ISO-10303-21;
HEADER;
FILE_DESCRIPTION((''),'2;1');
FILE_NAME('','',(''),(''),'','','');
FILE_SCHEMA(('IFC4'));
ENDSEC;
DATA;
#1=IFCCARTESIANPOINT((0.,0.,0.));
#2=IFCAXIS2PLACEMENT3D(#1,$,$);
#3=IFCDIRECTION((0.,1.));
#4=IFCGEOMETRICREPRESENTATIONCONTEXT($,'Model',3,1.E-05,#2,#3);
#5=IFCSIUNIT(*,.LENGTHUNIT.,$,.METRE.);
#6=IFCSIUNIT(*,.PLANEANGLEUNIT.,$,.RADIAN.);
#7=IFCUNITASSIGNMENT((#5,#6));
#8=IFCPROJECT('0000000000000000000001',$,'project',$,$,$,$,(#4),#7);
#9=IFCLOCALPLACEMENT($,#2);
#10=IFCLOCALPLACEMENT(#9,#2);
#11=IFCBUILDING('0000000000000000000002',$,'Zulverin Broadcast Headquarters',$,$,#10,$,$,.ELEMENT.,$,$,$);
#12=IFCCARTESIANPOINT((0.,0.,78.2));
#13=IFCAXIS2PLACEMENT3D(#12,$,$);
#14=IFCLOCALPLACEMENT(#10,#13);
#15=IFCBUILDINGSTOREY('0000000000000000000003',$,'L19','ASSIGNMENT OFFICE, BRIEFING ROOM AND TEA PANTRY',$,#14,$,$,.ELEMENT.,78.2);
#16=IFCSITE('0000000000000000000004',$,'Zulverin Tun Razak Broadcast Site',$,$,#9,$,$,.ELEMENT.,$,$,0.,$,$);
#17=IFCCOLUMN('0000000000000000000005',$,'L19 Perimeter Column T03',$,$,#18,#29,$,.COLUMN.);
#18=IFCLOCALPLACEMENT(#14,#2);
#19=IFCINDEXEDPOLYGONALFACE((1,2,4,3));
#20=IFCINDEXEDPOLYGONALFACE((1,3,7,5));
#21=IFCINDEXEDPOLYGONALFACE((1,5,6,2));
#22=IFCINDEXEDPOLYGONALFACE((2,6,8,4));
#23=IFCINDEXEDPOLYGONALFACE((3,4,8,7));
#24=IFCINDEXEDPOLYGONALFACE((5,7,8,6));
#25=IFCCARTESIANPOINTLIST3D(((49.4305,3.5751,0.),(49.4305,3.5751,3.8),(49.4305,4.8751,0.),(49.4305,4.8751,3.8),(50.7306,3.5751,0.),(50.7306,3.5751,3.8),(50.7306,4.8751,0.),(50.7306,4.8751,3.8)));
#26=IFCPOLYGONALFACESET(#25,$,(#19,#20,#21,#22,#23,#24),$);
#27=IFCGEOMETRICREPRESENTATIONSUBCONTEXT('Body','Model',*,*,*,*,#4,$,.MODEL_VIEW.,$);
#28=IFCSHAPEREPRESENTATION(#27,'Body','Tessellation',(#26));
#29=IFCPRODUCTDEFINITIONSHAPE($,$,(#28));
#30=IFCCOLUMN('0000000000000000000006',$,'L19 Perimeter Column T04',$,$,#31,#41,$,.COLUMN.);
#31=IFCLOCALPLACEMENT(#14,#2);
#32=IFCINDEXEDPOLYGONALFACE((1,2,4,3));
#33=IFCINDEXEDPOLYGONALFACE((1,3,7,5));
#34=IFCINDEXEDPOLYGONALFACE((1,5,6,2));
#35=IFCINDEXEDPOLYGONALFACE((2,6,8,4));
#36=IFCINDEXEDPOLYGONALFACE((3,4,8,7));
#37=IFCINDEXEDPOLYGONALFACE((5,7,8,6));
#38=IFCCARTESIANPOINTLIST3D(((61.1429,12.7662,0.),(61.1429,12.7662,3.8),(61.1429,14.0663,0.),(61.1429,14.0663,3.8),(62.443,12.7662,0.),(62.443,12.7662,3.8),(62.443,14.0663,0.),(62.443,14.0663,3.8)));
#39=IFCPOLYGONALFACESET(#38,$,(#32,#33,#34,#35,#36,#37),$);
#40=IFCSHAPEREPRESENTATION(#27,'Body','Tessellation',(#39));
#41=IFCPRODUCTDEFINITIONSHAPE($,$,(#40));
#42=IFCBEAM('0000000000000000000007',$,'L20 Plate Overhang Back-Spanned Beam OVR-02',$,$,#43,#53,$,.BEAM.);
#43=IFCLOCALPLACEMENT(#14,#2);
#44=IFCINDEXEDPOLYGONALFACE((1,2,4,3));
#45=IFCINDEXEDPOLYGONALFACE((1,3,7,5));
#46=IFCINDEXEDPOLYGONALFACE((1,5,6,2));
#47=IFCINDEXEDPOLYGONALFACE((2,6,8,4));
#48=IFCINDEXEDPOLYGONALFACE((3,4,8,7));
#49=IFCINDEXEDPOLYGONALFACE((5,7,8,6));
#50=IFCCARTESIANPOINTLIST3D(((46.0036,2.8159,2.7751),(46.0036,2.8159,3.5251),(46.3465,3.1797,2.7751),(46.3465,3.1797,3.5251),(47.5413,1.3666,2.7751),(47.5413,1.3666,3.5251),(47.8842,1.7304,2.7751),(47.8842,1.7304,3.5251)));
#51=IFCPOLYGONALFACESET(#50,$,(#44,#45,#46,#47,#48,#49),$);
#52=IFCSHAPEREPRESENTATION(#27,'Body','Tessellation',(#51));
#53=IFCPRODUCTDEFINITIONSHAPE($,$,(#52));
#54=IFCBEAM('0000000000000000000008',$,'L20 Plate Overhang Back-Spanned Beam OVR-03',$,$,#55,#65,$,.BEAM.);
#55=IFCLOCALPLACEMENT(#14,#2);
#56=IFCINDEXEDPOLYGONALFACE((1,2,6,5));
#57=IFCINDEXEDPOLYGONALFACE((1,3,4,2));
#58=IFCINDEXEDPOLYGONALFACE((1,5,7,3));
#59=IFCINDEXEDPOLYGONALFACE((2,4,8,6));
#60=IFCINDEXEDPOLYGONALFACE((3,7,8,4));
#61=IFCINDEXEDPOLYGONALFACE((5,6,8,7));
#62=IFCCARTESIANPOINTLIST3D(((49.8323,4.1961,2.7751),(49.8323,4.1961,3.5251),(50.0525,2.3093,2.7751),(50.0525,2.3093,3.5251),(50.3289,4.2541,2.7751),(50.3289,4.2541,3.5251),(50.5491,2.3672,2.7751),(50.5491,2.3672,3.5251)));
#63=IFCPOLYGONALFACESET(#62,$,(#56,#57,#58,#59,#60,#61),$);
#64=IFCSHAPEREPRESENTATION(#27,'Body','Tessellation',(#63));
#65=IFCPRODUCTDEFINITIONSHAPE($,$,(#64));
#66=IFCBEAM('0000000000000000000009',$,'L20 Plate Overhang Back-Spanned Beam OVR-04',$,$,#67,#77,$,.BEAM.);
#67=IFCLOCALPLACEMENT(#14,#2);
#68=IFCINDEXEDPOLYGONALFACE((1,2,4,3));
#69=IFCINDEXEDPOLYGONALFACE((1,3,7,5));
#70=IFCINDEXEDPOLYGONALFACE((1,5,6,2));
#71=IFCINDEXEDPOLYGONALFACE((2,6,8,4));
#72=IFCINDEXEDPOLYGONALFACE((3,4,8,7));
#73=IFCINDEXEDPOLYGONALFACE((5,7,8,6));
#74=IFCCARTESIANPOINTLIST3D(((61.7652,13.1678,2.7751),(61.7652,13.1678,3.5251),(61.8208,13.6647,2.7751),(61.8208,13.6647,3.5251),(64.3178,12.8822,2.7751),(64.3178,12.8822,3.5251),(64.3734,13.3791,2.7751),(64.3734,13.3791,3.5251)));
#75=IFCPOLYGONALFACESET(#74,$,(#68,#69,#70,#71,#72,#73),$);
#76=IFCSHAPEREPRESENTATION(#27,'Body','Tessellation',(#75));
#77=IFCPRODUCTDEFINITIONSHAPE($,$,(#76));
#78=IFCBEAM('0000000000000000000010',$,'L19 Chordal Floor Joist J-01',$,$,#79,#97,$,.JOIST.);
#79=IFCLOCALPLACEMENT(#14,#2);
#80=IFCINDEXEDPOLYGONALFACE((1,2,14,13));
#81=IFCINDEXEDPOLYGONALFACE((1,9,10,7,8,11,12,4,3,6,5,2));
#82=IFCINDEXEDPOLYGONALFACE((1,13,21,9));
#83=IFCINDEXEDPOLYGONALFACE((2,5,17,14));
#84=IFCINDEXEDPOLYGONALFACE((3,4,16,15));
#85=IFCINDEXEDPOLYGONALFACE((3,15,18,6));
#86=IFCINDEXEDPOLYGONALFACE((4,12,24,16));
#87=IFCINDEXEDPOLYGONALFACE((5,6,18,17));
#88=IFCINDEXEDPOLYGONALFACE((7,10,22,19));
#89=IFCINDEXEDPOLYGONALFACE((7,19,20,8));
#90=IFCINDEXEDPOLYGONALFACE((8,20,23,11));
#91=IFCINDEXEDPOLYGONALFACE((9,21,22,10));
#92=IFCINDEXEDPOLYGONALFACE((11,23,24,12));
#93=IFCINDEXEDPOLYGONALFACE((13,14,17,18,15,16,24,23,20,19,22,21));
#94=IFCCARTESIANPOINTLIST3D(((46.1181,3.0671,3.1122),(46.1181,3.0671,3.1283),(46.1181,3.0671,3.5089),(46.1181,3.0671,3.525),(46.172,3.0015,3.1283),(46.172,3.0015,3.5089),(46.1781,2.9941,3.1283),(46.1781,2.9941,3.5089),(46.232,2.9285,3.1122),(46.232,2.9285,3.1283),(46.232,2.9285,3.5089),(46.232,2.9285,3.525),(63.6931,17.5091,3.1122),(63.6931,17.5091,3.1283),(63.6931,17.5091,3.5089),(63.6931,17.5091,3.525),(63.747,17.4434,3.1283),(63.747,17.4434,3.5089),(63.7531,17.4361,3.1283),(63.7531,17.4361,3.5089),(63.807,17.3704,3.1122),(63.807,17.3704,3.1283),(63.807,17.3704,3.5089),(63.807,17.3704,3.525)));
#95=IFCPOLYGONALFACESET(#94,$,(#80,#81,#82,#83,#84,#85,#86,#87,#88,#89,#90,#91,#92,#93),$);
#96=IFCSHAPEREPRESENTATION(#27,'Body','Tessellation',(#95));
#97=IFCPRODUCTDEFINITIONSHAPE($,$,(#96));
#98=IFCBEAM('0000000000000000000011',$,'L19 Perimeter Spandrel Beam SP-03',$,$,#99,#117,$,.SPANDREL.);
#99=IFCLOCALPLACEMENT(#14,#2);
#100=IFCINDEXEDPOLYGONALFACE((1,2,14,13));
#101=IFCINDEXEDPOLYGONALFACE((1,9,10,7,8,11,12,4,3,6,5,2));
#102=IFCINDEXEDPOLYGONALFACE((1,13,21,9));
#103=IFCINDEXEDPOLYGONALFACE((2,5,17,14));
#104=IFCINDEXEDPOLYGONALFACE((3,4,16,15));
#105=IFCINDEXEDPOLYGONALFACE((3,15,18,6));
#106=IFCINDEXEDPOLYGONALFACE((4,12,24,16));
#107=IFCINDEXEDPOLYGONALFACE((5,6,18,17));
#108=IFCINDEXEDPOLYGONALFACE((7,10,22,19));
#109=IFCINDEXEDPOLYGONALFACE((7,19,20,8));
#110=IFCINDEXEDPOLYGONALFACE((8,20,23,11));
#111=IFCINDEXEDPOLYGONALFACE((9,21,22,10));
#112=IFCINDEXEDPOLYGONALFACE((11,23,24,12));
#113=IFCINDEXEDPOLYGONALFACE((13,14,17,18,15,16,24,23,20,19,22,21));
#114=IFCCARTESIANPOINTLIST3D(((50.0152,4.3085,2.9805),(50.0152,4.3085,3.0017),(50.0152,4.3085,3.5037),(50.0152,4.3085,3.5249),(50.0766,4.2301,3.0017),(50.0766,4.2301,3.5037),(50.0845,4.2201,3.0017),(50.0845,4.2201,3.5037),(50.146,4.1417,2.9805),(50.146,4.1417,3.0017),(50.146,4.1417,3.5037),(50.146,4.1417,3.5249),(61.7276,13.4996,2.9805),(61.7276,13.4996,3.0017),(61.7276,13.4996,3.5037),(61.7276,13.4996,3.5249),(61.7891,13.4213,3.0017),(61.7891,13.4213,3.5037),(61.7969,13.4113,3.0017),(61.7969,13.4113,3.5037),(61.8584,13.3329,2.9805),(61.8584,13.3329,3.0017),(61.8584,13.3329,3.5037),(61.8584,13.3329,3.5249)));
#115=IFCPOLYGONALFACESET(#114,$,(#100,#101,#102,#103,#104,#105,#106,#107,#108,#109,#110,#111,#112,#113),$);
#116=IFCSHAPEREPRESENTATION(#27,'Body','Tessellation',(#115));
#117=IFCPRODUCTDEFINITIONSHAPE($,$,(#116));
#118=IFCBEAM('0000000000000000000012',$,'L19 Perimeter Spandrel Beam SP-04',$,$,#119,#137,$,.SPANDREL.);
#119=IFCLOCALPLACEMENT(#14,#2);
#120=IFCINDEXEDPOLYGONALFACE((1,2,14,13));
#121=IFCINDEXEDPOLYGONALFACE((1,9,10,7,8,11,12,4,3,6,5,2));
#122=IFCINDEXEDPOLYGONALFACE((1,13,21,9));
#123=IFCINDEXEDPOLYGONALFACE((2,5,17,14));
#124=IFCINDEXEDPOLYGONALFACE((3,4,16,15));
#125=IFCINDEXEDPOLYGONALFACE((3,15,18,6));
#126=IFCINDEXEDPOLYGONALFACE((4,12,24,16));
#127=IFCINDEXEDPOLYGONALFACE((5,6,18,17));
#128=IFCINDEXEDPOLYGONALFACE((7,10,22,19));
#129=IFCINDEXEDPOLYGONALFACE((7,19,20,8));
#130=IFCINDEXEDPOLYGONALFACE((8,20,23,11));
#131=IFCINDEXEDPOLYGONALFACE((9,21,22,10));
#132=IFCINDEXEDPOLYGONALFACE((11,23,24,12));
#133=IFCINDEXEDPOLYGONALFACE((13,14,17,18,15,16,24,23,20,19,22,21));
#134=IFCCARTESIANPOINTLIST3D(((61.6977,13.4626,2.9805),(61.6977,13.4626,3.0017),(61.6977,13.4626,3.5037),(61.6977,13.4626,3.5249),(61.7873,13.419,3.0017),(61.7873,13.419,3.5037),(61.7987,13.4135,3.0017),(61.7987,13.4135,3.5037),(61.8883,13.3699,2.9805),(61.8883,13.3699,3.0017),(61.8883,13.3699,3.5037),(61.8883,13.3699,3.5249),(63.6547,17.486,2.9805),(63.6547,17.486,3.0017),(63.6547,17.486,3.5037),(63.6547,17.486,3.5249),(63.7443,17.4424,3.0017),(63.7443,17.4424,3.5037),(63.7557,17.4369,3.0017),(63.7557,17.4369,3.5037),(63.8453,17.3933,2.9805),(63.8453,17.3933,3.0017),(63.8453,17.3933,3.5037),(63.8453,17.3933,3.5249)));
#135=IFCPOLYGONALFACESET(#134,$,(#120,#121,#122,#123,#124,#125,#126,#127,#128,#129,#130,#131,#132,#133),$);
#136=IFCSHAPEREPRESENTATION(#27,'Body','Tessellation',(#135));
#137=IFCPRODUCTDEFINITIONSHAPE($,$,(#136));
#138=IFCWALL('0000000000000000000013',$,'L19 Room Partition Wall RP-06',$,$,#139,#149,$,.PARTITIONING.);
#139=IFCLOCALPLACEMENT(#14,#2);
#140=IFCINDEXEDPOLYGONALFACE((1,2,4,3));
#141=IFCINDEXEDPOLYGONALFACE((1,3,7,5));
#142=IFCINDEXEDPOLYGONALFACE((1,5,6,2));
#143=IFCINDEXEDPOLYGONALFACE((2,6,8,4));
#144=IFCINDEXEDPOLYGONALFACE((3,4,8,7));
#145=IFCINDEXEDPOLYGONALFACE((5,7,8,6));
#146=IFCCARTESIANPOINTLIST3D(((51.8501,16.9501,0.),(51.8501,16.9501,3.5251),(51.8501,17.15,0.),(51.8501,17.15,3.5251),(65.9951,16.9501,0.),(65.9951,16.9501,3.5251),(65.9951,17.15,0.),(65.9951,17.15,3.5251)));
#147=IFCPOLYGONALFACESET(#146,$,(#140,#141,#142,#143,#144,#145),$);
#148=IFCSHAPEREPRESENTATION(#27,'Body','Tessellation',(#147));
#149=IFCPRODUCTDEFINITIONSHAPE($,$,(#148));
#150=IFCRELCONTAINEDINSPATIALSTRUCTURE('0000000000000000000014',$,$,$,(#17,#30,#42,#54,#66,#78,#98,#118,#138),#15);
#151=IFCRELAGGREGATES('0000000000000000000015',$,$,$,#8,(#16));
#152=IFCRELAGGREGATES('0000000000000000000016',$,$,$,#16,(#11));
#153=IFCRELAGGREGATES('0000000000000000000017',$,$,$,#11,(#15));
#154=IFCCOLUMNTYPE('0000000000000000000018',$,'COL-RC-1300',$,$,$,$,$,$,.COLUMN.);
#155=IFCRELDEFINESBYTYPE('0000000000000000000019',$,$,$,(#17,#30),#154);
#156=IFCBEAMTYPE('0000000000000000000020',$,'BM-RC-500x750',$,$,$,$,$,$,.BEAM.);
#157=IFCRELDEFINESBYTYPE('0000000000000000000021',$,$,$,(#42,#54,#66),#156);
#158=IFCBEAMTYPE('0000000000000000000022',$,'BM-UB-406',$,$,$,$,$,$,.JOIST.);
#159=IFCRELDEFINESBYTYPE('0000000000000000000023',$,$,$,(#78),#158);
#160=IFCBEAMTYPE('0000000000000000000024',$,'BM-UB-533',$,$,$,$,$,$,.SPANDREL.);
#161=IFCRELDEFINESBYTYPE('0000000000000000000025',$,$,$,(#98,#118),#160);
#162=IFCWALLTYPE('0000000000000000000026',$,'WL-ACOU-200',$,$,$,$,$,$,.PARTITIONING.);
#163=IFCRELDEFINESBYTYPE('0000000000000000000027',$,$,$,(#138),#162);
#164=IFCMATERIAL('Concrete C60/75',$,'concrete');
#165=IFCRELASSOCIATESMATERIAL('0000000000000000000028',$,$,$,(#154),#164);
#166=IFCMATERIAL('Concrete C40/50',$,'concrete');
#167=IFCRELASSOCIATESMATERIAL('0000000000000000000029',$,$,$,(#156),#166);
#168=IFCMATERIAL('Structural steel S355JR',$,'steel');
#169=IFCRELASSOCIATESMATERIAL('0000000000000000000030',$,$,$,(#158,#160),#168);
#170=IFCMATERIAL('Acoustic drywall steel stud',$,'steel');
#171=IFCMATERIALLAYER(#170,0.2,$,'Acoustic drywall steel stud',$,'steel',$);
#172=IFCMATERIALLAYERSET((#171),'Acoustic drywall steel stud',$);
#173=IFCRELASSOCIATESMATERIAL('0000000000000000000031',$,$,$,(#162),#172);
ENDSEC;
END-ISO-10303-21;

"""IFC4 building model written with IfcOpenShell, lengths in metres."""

from ifc_helpers import new_model, si_unit, direction, frame, frame_2d, origin, origin_2d, place, context, subcontext, project, spatial, rectangle, i_section, extrude, material, layer, layer_set, material_profile, profile_set, type_object, element, save


model = new_model("IFC4")

# Units and contexts
model_context = context("Model", 3, precision=1e-05, world=origin(), true_north=direction((0.0, 1.0)))
body_context = subcontext(model_context, "Body", "Model", "MODEL_VIEW")
ifc_project = project(units=[si_unit("LENGTHUNIT", "METRE"), si_unit("PLANEANGLEUNIT", "RADIAN")], contexts=[model_context])

# Site, building, storey
site_placement = place(None, origin())
site = spatial("IfcSite", under=ifc_project, at=site_placement, Name="Zulverin Tun Razak Broadcast Site", CompositionType="ELEMENT", RefElevation=0.0)
building_placement = place(site_placement, origin())
building = spatial("IfcBuilding", under=site, at=building_placement, Name="Zulverin Broadcast Headquarters", CompositionType="ELEMENT")
storey_placement = place(building_placement, frame((0.0, 0.0, 78.2)))
storey = spatial("IfcBuildingStorey", under=building, at=storey_placement, Name="L19", Description="ASSIGNMENT OFFICE, BRIEFING ROOM AND TEA PANTRY", CompositionType="ELEMENT", Elevation=78.2)

# Columns
ifc_material_1 = material(Name="Concrete C60/75", Category="concrete")
ifc_material_profile_1 = material_profile(ifc_material_1, rectangle(XDim=1.3, YDim=1.3, at=origin_2d()), Name="Concrete C60/75", Category="concrete")
ifc_profile_set_1 = profile_set([ifc_material_profile_1], Name="Concrete C60/75")
column_type = type_object("IfcColumnType", Name="COL-RC-1300", PredefinedType="COLUMN", material=ifc_profile_set_1)
for number, where, z_axis, x_axis, name in (
    (1, (50.0806, 4.2251, 0.0), (0.0, 0.0, 1.0), (1.0, 0.0, 0.0), "L19 Perimeter Column T03"),
    (2, (61.793, 13.4163, 0.0), (0.0, 0.0, 1.0), (1.0, 0.0, 0.0), "L19 Perimeter Column T04"),
):
    element("IfcColumn", number, at=place(storey_placement, frame(where, z_axis=z_axis, x_axis=x_axis)), inside=storey, type_object=column_type, Name=name, PredefinedType="COLUMN", context=body_context, shape_type="SweptSolid", body=[
        extrude(rectangle(XDim=1.3, YDim=1.3, at=origin_2d()), origin(), (0.0, 0.0, 1.0), 3.8),
    ])

# Beams
ifc_material_2 = material(Name="Concrete C40/50", Category="concrete")
ifc_material_profile_2 = material_profile(ifc_material_2, rectangle(XDim=0.5, YDim=0.75, at=origin_2d()), Name="Concrete C40/50", Category="concrete")
ifc_profile_set_2 = profile_set([ifc_material_profile_2], Name="Concrete C40/50")
beam_type_1 = type_object("IfcBeamType", Name="BM-RC-500x750", PredefinedType="BEAM", material=ifc_profile_set_2)
beam_1_placement = place(storey_placement, frame((46.175, 2.9978, 3.1501), z_axis=(0.727711, -0.685884, 0.0), x_axis=(0.685884, 0.727711, 0.0)))
element("IfcBeam", 3, at=beam_1_placement, inside=storey, type_object=beam_type_1, Name="L20 Plate Overhang Back-Spanned Beam OVR-02", PredefinedType="BEAM", context=body_context, shape_type="SweptSolid", body=[
    extrude(rectangle(XDim=0.5, YDim=0.75, at=origin_2d()), origin(), (0.0, 0.0, 1.0), 2.113),
])
beam_2_placement = place(storey_placement, frame((50.0806, 4.2251, 3.1501), z_axis=(0.115917, -0.993259, 0.0), x_axis=(0.993259, 0.115917, 0.0)))
element("IfcBeam", 4, at=beam_2_placement, inside=storey, type_object=beam_type_1, Name="L20 Plate Overhang Back-Spanned Beam OVR-03", PredefinedType="BEAM", context=body_context, shape_type="SweptSolid", body=[
    extrude(rectangle(XDim=0.5, YDim=0.75, at=origin_2d()), origin(), (0.0, 0.0, 1.0), 1.8997),
])
beam_3_placement = place(storey_placement, frame((61.793, 13.4163, 3.1501), z_axis=(0.993798, -0.111203, 0.0), x_axis=(0.111203, 0.993798, 0.0)))
element("IfcBeam", 5, at=beam_3_placement, inside=storey, type_object=beam_type_1, Name="L20 Plate Overhang Back-Spanned Beam OVR-04", PredefinedType="BEAM", context=body_context, shape_type="SweptSolid", body=[
    extrude(rectangle(XDim=0.5, YDim=0.75, at=origin_2d()), origin(), (0.0, 0.0, 1.0), 2.5686),
])
ifc_material_3 = material(Name="Structural steel S355JR", Category="steel")
ifc_material_profile_3 = material_profile(ifc_material_3, i_section(OverallWidth=0.1794, OverallDepth=0.4128, WebThickness=0.0095, FlangeThickness=0.0161, at=origin_2d()), Name="Structural steel S355JR", Category="steel")
ifc_profile_set_3 = profile_set([ifc_material_profile_3], Name="Structural steel S355JR")
beam_type_2 = type_object("IfcBeamType", Name="BM-UB-406", PredefinedType="JOIST", material=ifc_profile_set_3)
beam_4_placement = place(storey_placement, frame((46.175, 2.9978, 3.3186), z_axis=(0.772611, 0.634879, 0.0), x_axis=(-0.634879, 0.772611, 0.0)))
element("IfcBeam", 6, at=beam_4_placement, inside=storey, type_object=beam_type_2, Name="L19 Chordal Floor Joist J-01", PredefinedType="JOIST", context=body_context, shape_type="SweptSolid", body=[
    extrude(i_section(OverallWidth=0.1794, OverallDepth=0.4128, WebThickness=0.0095, FlangeThickness=0.0161, at=origin_2d()), origin(), (0.0, 0.0, 1.0), 22.7476),
])
ifc_material_profile_4 = material_profile(ifc_material_3, i_section(OverallWidth=0.2119, OverallDepth=0.5444, WebThickness=0.0127, FlangeThickness=0.0212, at=origin_2d()), Name="Structural steel S355JR", Category="steel")
ifc_profile_set_4 = profile_set([ifc_material_profile_4], Name="Structural steel S355JR")
beam_type_3 = type_object("IfcBeamType", Name="BM-UB-533", PredefinedType="SPANDREL", material=ifc_profile_set_4)
beam_5_placement = place(storey_placement, frame((50.0806, 4.2251, 3.2527), z_axis=(0.786691, 0.617346, 0.0), x_axis=(-0.617346, 0.786691, 0.0)))
element("IfcBeam", 7, at=beam_5_placement, inside=storey, type_object=beam_type_3, Name="L19 Perimeter Spandrel Beam SP-03", PredefinedType="SPANDREL", context=body_context, shape_type="SweptSolid", body=[
    extrude(i_section(OverallWidth=0.2119, OverallDepth=0.5444, WebThickness=0.0127, FlangeThickness=0.0212, at=origin_2d()), origin(), (0.0, 0.0, 1.0), 14.8882),
])
beam_6_placement = place(storey_placement, frame((61.793, 13.4163, 3.2527), z_axis=(0.437408, 0.899263, 0.0), x_axis=(-0.899263, 0.437408, 0.0)))
element("IfcBeam", 8, at=beam_6_placement, inside=storey, type_object=beam_type_3, Name="L19 Perimeter Spandrel Beam SP-04", PredefinedType="SPANDREL", context=body_context, shape_type="SweptSolid", body=[
    extrude(i_section(OverallWidth=0.2119, OverallDepth=0.5444, WebThickness=0.0127, FlangeThickness=0.0212, at=origin_2d()), origin(), (0.0, 0.0, 1.0), 4.4741),
])

# Wall
ifc_material_4 = material(Name="Acoustic drywall steel stud", Category="steel")
ifc_layer_1 = layer(ifc_material_4, 0.2, Name="Acoustic drywall steel stud", Category="steel")
ifc_layer_set_1 = layer_set([ifc_layer_1], Name="Acoustic drywall steel stud")
wall_type_1 = type_object("IfcWallType", Name="WL-ACOU-200", PredefinedType="PARTITIONING", material=ifc_layer_set_1)
wall_1_placement = place(storey_placement, frame((51.8501, 17.05, 0.0), z_axis=(0.0, 0.0, 1.0), x_axis=(1.0, 0.0, 0.0)))
element("IfcWall", 9, at=wall_1_placement, inside=storey, type_object=wall_type_1, Name="L19 Room Partition Wall RP-06", PredefinedType="PARTITIONING", context=body_context, shape_type="SweptSolid", body=[
    extrude(rectangle(XDim=14.145, YDim=0.2, at=frame_2d((7.0725, 0.0))), origin(), (0.0, 0.0, 1.0), 3.5251),
])

save(model, "model.ifc")
